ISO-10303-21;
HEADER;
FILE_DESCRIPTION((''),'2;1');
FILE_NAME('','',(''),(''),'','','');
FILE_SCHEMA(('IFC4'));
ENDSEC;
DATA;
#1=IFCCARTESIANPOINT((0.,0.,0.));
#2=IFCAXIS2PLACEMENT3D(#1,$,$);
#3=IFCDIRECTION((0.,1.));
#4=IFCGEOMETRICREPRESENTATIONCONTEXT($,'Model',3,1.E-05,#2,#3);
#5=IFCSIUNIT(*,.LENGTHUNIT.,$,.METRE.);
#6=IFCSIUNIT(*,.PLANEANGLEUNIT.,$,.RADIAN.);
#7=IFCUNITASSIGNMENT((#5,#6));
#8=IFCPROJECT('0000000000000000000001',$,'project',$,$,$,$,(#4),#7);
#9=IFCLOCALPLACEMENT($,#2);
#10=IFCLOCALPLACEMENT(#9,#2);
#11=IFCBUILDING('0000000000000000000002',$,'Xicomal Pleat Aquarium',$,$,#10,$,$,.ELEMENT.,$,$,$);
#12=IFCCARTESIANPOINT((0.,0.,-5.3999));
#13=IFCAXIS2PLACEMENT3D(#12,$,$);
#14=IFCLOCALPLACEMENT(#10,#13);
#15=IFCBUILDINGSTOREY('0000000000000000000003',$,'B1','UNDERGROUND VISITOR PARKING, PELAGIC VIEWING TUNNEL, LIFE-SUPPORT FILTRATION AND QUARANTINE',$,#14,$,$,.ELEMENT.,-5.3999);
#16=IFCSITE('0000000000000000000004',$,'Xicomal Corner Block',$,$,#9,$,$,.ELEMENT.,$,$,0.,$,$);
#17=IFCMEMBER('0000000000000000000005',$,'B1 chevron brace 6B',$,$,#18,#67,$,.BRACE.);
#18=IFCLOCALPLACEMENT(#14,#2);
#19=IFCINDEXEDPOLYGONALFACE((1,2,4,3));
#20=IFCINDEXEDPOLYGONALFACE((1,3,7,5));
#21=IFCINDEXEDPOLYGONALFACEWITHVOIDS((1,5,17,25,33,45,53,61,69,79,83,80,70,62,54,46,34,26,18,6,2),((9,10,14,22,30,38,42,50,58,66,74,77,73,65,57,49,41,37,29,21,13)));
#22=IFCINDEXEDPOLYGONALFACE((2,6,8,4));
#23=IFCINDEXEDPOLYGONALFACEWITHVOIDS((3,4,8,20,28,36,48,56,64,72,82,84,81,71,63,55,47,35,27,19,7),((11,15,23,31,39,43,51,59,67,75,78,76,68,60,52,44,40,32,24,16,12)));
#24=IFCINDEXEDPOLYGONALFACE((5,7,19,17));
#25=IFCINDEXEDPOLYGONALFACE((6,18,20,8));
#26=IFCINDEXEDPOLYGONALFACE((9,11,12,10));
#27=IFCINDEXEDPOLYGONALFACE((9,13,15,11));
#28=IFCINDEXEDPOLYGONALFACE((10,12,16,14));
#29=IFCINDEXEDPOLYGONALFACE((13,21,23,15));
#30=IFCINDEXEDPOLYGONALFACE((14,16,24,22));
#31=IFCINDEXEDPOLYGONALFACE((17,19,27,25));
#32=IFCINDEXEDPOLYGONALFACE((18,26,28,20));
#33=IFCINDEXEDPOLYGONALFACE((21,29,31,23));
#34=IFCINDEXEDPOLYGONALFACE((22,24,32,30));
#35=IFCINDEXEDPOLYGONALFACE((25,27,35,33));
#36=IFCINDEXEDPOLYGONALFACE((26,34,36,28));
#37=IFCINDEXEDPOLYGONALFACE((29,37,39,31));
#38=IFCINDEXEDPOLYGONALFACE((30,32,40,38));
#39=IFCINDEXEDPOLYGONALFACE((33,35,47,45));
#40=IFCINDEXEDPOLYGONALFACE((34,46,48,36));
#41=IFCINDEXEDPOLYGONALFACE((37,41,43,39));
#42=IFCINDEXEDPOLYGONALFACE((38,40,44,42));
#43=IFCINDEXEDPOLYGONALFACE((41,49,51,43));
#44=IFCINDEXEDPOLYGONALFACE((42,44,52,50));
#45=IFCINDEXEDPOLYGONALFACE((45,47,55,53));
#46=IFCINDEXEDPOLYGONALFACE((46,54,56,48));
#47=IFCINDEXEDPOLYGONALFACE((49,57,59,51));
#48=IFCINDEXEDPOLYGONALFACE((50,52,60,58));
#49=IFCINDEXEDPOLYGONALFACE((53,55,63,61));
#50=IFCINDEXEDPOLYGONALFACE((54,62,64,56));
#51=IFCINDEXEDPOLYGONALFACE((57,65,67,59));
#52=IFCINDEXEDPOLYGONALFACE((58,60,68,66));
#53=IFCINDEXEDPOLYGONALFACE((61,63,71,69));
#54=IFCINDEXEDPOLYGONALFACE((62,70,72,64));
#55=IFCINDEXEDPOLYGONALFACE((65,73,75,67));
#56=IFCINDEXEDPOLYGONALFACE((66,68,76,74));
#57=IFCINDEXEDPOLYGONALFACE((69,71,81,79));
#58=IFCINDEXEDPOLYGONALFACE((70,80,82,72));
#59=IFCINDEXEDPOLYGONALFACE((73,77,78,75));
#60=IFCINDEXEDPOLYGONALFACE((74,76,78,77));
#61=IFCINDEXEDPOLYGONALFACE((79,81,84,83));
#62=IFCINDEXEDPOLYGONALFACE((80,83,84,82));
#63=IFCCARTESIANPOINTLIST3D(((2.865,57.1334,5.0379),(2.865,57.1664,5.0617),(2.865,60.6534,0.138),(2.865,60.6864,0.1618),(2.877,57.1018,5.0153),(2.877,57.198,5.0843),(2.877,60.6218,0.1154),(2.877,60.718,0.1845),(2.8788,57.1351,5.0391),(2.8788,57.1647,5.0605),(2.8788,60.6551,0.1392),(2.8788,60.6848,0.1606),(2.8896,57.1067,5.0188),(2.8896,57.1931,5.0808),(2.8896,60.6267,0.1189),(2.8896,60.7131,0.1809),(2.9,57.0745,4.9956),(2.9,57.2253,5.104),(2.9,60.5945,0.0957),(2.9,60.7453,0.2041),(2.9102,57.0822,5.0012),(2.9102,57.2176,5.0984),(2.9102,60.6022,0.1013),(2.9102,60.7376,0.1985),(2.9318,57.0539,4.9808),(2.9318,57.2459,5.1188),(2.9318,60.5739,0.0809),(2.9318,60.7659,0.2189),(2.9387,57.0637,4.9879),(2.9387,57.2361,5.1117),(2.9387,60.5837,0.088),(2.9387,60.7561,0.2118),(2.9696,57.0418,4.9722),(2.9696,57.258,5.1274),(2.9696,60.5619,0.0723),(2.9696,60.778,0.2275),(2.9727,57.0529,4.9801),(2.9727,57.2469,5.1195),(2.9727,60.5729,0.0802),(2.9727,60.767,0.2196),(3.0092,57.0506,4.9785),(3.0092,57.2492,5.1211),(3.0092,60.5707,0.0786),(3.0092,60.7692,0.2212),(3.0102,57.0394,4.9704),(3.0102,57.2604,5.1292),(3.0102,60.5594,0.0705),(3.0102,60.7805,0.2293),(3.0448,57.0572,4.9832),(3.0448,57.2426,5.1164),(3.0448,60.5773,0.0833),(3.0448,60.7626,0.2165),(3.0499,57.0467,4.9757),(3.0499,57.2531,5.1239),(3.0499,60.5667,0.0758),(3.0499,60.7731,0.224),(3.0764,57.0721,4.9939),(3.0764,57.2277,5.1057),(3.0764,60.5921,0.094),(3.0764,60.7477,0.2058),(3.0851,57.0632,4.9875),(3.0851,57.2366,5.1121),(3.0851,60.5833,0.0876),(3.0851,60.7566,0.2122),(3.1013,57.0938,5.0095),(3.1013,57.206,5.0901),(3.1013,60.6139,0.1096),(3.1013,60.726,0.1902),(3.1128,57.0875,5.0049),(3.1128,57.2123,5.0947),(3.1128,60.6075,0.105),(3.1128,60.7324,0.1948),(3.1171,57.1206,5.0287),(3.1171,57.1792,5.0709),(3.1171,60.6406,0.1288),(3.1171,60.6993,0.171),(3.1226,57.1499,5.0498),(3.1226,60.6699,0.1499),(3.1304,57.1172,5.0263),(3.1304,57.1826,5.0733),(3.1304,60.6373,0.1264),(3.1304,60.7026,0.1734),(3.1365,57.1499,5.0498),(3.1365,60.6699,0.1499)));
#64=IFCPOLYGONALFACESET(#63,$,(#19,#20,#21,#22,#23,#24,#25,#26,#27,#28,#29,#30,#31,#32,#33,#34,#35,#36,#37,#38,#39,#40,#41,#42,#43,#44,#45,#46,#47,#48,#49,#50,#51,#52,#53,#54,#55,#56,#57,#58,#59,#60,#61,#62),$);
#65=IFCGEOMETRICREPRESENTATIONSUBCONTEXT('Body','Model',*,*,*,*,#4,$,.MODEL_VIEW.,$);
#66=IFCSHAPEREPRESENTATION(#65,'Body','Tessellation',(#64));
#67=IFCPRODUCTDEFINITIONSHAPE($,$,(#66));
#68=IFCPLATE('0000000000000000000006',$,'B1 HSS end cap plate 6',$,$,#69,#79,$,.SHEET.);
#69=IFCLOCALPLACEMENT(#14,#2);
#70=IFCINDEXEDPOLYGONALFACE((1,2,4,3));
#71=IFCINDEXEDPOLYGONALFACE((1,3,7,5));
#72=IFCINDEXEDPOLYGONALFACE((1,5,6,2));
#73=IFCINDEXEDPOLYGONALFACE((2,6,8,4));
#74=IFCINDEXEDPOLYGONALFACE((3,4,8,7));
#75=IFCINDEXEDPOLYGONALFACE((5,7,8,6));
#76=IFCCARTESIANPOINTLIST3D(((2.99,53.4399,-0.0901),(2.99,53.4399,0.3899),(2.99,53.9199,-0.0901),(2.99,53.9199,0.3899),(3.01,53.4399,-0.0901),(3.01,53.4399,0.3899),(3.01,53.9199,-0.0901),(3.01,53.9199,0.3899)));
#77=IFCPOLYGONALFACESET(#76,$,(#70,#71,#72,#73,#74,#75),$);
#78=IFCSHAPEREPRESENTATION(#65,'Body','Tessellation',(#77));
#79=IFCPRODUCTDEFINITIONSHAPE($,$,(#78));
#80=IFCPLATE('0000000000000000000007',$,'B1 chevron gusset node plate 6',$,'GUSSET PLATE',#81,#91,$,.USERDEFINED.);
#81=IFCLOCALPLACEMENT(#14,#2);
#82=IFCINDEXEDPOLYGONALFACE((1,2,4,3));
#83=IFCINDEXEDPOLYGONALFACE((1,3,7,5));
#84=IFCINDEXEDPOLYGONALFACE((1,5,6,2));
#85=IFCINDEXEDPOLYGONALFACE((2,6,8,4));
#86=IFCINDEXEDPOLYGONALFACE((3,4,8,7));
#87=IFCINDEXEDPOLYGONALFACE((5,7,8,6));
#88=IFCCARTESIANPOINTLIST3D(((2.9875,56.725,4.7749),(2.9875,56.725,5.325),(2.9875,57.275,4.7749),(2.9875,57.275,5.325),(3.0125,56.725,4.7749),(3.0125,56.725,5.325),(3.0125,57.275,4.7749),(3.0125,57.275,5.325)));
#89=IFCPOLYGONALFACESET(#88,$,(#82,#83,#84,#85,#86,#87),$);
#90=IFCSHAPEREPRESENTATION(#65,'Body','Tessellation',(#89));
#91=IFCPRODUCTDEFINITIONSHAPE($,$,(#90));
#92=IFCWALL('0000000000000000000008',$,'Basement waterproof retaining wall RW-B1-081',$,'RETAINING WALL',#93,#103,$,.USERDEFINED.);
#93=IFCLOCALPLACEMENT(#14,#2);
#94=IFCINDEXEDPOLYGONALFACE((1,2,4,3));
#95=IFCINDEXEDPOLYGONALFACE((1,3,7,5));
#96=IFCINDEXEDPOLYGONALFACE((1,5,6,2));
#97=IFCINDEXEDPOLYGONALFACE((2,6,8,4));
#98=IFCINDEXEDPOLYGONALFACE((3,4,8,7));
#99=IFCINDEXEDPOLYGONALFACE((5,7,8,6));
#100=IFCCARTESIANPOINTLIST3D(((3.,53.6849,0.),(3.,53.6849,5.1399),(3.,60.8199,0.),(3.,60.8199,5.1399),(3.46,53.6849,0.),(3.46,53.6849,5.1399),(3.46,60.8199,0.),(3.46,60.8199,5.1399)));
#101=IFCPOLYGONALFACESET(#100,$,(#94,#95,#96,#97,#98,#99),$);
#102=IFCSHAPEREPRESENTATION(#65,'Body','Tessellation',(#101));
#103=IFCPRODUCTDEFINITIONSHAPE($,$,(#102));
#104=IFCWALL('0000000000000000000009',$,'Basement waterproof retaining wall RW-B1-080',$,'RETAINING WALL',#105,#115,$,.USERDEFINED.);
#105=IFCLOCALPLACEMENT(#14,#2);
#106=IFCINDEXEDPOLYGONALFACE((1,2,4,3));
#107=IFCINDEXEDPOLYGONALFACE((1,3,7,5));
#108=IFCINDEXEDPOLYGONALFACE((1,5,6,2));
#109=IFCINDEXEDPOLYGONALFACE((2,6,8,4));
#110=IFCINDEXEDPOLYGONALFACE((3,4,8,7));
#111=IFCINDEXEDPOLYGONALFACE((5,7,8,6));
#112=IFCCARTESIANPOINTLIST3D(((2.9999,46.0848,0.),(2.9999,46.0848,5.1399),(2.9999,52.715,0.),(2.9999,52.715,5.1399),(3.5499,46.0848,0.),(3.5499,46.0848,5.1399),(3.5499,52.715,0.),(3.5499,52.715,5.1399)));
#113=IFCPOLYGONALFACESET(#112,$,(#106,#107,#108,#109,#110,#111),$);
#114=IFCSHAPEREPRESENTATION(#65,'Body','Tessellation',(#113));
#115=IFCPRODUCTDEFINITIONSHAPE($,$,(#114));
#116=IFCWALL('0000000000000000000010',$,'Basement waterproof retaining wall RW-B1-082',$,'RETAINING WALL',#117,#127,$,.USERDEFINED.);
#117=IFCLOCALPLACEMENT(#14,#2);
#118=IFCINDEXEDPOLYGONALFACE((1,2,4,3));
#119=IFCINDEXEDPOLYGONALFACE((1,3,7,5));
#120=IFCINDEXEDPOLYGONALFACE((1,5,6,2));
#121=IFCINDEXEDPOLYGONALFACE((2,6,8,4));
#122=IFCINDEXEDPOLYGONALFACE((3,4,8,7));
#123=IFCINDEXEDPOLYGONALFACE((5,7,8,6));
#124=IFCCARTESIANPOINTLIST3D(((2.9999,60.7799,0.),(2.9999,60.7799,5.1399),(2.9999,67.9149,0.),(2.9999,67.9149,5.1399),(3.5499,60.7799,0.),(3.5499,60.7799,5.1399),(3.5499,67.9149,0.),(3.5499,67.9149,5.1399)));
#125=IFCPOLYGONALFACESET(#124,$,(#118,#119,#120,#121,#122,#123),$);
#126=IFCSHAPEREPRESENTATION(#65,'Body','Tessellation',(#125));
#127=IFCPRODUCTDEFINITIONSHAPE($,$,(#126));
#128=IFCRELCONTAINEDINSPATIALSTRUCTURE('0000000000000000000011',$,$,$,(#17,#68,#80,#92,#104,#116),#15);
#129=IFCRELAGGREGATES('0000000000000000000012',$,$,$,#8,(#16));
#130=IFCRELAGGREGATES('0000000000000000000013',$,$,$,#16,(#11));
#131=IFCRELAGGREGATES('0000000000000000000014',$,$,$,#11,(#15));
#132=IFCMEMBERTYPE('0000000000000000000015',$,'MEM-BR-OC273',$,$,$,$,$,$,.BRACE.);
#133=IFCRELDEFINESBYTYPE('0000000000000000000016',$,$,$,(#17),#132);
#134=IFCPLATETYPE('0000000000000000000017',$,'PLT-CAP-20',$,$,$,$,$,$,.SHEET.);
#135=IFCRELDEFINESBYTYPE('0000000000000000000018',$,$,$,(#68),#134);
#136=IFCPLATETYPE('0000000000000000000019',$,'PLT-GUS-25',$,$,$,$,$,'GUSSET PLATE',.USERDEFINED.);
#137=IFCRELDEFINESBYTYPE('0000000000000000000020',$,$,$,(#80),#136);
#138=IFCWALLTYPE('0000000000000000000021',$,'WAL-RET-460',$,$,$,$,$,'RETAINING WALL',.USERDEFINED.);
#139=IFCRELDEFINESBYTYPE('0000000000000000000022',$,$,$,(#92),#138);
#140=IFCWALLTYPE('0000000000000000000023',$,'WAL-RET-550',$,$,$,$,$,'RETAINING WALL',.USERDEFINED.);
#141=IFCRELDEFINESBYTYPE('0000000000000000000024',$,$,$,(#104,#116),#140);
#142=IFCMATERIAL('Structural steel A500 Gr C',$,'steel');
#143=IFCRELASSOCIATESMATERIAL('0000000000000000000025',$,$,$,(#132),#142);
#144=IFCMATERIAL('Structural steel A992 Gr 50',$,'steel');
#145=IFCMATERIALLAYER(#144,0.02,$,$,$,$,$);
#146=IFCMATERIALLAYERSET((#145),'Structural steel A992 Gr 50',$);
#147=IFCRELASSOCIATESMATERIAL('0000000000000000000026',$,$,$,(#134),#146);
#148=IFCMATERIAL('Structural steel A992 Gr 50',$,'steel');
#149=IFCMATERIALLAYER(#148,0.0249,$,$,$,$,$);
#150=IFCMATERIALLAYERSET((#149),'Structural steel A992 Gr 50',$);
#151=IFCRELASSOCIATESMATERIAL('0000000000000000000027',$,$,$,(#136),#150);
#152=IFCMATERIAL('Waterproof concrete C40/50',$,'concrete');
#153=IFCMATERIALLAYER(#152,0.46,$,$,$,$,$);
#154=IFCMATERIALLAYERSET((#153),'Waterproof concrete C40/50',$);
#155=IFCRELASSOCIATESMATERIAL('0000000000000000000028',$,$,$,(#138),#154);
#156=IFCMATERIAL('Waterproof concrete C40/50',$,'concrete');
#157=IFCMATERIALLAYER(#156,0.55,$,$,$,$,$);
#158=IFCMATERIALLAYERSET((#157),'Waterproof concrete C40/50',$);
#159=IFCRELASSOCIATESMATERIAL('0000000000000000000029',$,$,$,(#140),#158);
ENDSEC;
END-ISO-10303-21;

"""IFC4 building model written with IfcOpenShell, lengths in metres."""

from ifc_helpers import new_model, si_unit, direction, frame, frame_2d, origin, origin_2d, place, context, subcontext, project, spatial, rectangle, hollow_circle, extrude, material, layer, layer_set, material_profile, profile_set, type_object, element, save


model = new_model("IFC4")

# Units and contexts
model_context = context("Model", 3, precision=1e-05, world=origin(), true_north=direction((0.0, 1.0)))
body_context = subcontext(model_context, "Body", "Model", "MODEL_VIEW")
ifc_project = project(units=[si_unit("LENGTHUNIT", "METRE"), si_unit("PLANEANGLEUNIT", "RADIAN")], contexts=[model_context])

# Site, building, storey
site_placement = place(None, origin())
site = spatial("IfcSite", under=ifc_project, at=site_placement, Name="Xicomal Corner Block", CompositionType="ELEMENT", RefElevation=0.0)
building_placement = place(site_placement, origin())
building = spatial("IfcBuilding", under=site, at=building_placement, Name="Xicomal Pleat Aquarium", CompositionType="ELEMENT")
storey_placement = place(building_placement, frame((0.0, 0.0, -5.3999)))
storey = spatial("IfcBuildingStorey", under=building, at=storey_placement, Name="B1", Description="UNDERGROUND VISITOR PARKING, PELAGIC VIEWING TUNNEL, LIFE-SUPPORT FILTRATION AND QUARANTINE", CompositionType="ELEMENT", Elevation=-5.3999)

# Member
ifc_material_1 = material(Name="Structural steel A500 Gr C", Category="steel")
ifc_material_profile_1 = material_profile(ifc_material_1, hollow_circle(Radius=0.1365, WallThickness=0.0139, at=origin_2d()), Name="OC 273x14")
ifc_profile_set_1 = profile_set([ifc_material_profile_1], Name="Structural steel A500 Gr C")
member_type = type_object("IfcMemberType", Name="MEM-BR-OC273", PredefinedType="BRACE", material=ifc_profile_set_1)
member_1_placement = place(storey_placement, frame((3.0, 60.6699, 0.1499), z_axis=(0.0, -0.583441, 0.812156), x_axis=(1.0, 0.0, 0.0)))
element("IfcMember", 1, at=member_1_placement, inside=storey, type_object=member_type, Name="B1 chevron brace 6B", PredefinedType="BRACE", context=body_context, shape_type="SweptSolid", body=[
    extrude(hollow_circle(Radius=0.1365, WallThickness=0.0139, at=origin_2d()), origin(), (0.0, 0.0, 1.0), 6.0332),
])

# Plates
ifc_material_2 = material(Name="Structural steel A992 Gr 50", Category="steel")
ifc_layer_1 = layer(ifc_material_2, 0.02)
ifc_layer_set_1 = layer_set([ifc_layer_1], Name="Structural steel A992 Gr 50")
plate_type_1 = type_object("IfcPlateType", Name="PLT-CAP-20", PredefinedType="SHEET", material=ifc_layer_set_1)
plate_1_placement = place(storey_placement, frame((3.0, 53.6799, -0.0901), z_axis=(0.0, 0.0, 1.0), x_axis=(0.0, 1.0, 0.0)))
element("IfcPlate", 2, at=plate_1_placement, inside=storey, type_object=plate_type_1, Name="B1 HSS end cap plate 6", PredefinedType="SHEET", context=body_context, shape_type="SweptSolid", body=[
    extrude(rectangle(XDim=0.48, YDim=0.02, at=origin_2d()), origin(), (0.0, 0.0, 1.0), 0.48),
])
ifc_material_3 = material(Name="Structural steel A992 Gr 50", Category="steel")
ifc_layer_2 = layer(ifc_material_3, 0.0249)
ifc_layer_set_2 = layer_set([ifc_layer_2], Name="Structural steel A992 Gr 50")
plate_type_2 = type_object("IfcPlateType", Name="PLT-GUS-25", ElementType="GUSSET PLATE", PredefinedType="USERDEFINED", material=ifc_layer_set_2)
plate_2_placement = place(storey_placement, frame((3.0, 57.0, 4.7749), z_axis=(0.0, 0.0, 1.0), x_axis=(0.0, 1.0, 0.0)))
element("IfcPlate", 3, at=plate_2_placement, inside=storey, type_object=plate_type_2, Name="B1 chevron gusset node plate 6", ObjectType="GUSSET PLATE", PredefinedType="USERDEFINED", context=body_context, shape_type="SweptSolid", body=[
    extrude(rectangle(XDim=0.55, YDim=0.0249, at=origin_2d()), origin(), (0.0, 0.0, 1.0), 0.55),
])

# Walls
ifc_material_4 = material(Name="Waterproof concrete C40/50", Category="concrete")
ifc_layer_3 = layer(ifc_material_4, 0.46)
ifc_layer_set_3 = layer_set([ifc_layer_3], Name="Waterproof concrete C40/50")
wall_type_1 = type_object("IfcWallType", Name="WAL-RET-460", ElementType="RETAINING WALL", PredefinedType="USERDEFINED", material=ifc_layer_set_3)
wall_1_placement = place(storey_placement, frame((3.23, 53.6851, 0.0), z_axis=(0.0, 0.0, 1.0), x_axis=(0.0, 1.0, 0.0)))
element("IfcWall", 4, at=wall_1_placement, inside=storey, type_object=wall_type_1, Name="Basement waterproof retaining wall RW-B1-081", ObjectType="RETAINING WALL", PredefinedType="USERDEFINED", context=body_context, shape_type="SweptSolid", body=[
    extrude(rectangle(XDim=7.135, YDim=0.46, at=frame_2d((3.5674, 0.0))), origin(), (0.0, 0.0, 1.0), 5.1399),
])
ifc_material_5 = material(Name="Waterproof concrete C40/50", Category="concrete")
ifc_layer_4 = layer(ifc_material_5, 0.55)
ifc_layer_set_4 = layer_set([ifc_layer_4], Name="Waterproof concrete C40/50")
wall_type_2 = type_object("IfcWallType", Name="WAL-RET-550", ElementType="RETAINING WALL", PredefinedType="USERDEFINED", material=ifc_layer_set_4)
wall_2_placement = place(storey_placement, frame((3.2749, 46.085, 0.0), z_axis=(0.0, 0.0, 1.0), x_axis=(0.0, 1.0, 0.0)))
element("IfcWall", 5, at=wall_2_placement, inside=storey, type_object=wall_type_2, Name="Basement waterproof retaining wall RW-B1-080", ObjectType="RETAINING WALL", PredefinedType="USERDEFINED", context=body_context, shape_type="SweptSolid", body=[
    extrude(rectangle(XDim=6.6301, YDim=0.55, at=frame_2d((3.3149, 0.0))), origin(), (0.0, 0.0, 1.0), 5.1399),
])
wall_3_placement = place(storey_placement, frame((3.2749, 60.78, 0.0), z_axis=(0.0, 0.0, 1.0), x_axis=(0.0, 1.0, 0.0)))
element("IfcWall", 6, at=wall_3_placement, inside=storey, type_object=wall_type_2, Name="Basement waterproof retaining wall RW-B1-082", ObjectType="RETAINING WALL", PredefinedType="USERDEFINED", context=body_context, shape_type="SweptSolid", body=[
    extrude(rectangle(XDim=7.135, YDim=0.55, at=frame_2d((3.5674, 0.0))), origin(), (0.0, 0.0, 1.0), 5.1399),
])

save(model, "model.ifc")
